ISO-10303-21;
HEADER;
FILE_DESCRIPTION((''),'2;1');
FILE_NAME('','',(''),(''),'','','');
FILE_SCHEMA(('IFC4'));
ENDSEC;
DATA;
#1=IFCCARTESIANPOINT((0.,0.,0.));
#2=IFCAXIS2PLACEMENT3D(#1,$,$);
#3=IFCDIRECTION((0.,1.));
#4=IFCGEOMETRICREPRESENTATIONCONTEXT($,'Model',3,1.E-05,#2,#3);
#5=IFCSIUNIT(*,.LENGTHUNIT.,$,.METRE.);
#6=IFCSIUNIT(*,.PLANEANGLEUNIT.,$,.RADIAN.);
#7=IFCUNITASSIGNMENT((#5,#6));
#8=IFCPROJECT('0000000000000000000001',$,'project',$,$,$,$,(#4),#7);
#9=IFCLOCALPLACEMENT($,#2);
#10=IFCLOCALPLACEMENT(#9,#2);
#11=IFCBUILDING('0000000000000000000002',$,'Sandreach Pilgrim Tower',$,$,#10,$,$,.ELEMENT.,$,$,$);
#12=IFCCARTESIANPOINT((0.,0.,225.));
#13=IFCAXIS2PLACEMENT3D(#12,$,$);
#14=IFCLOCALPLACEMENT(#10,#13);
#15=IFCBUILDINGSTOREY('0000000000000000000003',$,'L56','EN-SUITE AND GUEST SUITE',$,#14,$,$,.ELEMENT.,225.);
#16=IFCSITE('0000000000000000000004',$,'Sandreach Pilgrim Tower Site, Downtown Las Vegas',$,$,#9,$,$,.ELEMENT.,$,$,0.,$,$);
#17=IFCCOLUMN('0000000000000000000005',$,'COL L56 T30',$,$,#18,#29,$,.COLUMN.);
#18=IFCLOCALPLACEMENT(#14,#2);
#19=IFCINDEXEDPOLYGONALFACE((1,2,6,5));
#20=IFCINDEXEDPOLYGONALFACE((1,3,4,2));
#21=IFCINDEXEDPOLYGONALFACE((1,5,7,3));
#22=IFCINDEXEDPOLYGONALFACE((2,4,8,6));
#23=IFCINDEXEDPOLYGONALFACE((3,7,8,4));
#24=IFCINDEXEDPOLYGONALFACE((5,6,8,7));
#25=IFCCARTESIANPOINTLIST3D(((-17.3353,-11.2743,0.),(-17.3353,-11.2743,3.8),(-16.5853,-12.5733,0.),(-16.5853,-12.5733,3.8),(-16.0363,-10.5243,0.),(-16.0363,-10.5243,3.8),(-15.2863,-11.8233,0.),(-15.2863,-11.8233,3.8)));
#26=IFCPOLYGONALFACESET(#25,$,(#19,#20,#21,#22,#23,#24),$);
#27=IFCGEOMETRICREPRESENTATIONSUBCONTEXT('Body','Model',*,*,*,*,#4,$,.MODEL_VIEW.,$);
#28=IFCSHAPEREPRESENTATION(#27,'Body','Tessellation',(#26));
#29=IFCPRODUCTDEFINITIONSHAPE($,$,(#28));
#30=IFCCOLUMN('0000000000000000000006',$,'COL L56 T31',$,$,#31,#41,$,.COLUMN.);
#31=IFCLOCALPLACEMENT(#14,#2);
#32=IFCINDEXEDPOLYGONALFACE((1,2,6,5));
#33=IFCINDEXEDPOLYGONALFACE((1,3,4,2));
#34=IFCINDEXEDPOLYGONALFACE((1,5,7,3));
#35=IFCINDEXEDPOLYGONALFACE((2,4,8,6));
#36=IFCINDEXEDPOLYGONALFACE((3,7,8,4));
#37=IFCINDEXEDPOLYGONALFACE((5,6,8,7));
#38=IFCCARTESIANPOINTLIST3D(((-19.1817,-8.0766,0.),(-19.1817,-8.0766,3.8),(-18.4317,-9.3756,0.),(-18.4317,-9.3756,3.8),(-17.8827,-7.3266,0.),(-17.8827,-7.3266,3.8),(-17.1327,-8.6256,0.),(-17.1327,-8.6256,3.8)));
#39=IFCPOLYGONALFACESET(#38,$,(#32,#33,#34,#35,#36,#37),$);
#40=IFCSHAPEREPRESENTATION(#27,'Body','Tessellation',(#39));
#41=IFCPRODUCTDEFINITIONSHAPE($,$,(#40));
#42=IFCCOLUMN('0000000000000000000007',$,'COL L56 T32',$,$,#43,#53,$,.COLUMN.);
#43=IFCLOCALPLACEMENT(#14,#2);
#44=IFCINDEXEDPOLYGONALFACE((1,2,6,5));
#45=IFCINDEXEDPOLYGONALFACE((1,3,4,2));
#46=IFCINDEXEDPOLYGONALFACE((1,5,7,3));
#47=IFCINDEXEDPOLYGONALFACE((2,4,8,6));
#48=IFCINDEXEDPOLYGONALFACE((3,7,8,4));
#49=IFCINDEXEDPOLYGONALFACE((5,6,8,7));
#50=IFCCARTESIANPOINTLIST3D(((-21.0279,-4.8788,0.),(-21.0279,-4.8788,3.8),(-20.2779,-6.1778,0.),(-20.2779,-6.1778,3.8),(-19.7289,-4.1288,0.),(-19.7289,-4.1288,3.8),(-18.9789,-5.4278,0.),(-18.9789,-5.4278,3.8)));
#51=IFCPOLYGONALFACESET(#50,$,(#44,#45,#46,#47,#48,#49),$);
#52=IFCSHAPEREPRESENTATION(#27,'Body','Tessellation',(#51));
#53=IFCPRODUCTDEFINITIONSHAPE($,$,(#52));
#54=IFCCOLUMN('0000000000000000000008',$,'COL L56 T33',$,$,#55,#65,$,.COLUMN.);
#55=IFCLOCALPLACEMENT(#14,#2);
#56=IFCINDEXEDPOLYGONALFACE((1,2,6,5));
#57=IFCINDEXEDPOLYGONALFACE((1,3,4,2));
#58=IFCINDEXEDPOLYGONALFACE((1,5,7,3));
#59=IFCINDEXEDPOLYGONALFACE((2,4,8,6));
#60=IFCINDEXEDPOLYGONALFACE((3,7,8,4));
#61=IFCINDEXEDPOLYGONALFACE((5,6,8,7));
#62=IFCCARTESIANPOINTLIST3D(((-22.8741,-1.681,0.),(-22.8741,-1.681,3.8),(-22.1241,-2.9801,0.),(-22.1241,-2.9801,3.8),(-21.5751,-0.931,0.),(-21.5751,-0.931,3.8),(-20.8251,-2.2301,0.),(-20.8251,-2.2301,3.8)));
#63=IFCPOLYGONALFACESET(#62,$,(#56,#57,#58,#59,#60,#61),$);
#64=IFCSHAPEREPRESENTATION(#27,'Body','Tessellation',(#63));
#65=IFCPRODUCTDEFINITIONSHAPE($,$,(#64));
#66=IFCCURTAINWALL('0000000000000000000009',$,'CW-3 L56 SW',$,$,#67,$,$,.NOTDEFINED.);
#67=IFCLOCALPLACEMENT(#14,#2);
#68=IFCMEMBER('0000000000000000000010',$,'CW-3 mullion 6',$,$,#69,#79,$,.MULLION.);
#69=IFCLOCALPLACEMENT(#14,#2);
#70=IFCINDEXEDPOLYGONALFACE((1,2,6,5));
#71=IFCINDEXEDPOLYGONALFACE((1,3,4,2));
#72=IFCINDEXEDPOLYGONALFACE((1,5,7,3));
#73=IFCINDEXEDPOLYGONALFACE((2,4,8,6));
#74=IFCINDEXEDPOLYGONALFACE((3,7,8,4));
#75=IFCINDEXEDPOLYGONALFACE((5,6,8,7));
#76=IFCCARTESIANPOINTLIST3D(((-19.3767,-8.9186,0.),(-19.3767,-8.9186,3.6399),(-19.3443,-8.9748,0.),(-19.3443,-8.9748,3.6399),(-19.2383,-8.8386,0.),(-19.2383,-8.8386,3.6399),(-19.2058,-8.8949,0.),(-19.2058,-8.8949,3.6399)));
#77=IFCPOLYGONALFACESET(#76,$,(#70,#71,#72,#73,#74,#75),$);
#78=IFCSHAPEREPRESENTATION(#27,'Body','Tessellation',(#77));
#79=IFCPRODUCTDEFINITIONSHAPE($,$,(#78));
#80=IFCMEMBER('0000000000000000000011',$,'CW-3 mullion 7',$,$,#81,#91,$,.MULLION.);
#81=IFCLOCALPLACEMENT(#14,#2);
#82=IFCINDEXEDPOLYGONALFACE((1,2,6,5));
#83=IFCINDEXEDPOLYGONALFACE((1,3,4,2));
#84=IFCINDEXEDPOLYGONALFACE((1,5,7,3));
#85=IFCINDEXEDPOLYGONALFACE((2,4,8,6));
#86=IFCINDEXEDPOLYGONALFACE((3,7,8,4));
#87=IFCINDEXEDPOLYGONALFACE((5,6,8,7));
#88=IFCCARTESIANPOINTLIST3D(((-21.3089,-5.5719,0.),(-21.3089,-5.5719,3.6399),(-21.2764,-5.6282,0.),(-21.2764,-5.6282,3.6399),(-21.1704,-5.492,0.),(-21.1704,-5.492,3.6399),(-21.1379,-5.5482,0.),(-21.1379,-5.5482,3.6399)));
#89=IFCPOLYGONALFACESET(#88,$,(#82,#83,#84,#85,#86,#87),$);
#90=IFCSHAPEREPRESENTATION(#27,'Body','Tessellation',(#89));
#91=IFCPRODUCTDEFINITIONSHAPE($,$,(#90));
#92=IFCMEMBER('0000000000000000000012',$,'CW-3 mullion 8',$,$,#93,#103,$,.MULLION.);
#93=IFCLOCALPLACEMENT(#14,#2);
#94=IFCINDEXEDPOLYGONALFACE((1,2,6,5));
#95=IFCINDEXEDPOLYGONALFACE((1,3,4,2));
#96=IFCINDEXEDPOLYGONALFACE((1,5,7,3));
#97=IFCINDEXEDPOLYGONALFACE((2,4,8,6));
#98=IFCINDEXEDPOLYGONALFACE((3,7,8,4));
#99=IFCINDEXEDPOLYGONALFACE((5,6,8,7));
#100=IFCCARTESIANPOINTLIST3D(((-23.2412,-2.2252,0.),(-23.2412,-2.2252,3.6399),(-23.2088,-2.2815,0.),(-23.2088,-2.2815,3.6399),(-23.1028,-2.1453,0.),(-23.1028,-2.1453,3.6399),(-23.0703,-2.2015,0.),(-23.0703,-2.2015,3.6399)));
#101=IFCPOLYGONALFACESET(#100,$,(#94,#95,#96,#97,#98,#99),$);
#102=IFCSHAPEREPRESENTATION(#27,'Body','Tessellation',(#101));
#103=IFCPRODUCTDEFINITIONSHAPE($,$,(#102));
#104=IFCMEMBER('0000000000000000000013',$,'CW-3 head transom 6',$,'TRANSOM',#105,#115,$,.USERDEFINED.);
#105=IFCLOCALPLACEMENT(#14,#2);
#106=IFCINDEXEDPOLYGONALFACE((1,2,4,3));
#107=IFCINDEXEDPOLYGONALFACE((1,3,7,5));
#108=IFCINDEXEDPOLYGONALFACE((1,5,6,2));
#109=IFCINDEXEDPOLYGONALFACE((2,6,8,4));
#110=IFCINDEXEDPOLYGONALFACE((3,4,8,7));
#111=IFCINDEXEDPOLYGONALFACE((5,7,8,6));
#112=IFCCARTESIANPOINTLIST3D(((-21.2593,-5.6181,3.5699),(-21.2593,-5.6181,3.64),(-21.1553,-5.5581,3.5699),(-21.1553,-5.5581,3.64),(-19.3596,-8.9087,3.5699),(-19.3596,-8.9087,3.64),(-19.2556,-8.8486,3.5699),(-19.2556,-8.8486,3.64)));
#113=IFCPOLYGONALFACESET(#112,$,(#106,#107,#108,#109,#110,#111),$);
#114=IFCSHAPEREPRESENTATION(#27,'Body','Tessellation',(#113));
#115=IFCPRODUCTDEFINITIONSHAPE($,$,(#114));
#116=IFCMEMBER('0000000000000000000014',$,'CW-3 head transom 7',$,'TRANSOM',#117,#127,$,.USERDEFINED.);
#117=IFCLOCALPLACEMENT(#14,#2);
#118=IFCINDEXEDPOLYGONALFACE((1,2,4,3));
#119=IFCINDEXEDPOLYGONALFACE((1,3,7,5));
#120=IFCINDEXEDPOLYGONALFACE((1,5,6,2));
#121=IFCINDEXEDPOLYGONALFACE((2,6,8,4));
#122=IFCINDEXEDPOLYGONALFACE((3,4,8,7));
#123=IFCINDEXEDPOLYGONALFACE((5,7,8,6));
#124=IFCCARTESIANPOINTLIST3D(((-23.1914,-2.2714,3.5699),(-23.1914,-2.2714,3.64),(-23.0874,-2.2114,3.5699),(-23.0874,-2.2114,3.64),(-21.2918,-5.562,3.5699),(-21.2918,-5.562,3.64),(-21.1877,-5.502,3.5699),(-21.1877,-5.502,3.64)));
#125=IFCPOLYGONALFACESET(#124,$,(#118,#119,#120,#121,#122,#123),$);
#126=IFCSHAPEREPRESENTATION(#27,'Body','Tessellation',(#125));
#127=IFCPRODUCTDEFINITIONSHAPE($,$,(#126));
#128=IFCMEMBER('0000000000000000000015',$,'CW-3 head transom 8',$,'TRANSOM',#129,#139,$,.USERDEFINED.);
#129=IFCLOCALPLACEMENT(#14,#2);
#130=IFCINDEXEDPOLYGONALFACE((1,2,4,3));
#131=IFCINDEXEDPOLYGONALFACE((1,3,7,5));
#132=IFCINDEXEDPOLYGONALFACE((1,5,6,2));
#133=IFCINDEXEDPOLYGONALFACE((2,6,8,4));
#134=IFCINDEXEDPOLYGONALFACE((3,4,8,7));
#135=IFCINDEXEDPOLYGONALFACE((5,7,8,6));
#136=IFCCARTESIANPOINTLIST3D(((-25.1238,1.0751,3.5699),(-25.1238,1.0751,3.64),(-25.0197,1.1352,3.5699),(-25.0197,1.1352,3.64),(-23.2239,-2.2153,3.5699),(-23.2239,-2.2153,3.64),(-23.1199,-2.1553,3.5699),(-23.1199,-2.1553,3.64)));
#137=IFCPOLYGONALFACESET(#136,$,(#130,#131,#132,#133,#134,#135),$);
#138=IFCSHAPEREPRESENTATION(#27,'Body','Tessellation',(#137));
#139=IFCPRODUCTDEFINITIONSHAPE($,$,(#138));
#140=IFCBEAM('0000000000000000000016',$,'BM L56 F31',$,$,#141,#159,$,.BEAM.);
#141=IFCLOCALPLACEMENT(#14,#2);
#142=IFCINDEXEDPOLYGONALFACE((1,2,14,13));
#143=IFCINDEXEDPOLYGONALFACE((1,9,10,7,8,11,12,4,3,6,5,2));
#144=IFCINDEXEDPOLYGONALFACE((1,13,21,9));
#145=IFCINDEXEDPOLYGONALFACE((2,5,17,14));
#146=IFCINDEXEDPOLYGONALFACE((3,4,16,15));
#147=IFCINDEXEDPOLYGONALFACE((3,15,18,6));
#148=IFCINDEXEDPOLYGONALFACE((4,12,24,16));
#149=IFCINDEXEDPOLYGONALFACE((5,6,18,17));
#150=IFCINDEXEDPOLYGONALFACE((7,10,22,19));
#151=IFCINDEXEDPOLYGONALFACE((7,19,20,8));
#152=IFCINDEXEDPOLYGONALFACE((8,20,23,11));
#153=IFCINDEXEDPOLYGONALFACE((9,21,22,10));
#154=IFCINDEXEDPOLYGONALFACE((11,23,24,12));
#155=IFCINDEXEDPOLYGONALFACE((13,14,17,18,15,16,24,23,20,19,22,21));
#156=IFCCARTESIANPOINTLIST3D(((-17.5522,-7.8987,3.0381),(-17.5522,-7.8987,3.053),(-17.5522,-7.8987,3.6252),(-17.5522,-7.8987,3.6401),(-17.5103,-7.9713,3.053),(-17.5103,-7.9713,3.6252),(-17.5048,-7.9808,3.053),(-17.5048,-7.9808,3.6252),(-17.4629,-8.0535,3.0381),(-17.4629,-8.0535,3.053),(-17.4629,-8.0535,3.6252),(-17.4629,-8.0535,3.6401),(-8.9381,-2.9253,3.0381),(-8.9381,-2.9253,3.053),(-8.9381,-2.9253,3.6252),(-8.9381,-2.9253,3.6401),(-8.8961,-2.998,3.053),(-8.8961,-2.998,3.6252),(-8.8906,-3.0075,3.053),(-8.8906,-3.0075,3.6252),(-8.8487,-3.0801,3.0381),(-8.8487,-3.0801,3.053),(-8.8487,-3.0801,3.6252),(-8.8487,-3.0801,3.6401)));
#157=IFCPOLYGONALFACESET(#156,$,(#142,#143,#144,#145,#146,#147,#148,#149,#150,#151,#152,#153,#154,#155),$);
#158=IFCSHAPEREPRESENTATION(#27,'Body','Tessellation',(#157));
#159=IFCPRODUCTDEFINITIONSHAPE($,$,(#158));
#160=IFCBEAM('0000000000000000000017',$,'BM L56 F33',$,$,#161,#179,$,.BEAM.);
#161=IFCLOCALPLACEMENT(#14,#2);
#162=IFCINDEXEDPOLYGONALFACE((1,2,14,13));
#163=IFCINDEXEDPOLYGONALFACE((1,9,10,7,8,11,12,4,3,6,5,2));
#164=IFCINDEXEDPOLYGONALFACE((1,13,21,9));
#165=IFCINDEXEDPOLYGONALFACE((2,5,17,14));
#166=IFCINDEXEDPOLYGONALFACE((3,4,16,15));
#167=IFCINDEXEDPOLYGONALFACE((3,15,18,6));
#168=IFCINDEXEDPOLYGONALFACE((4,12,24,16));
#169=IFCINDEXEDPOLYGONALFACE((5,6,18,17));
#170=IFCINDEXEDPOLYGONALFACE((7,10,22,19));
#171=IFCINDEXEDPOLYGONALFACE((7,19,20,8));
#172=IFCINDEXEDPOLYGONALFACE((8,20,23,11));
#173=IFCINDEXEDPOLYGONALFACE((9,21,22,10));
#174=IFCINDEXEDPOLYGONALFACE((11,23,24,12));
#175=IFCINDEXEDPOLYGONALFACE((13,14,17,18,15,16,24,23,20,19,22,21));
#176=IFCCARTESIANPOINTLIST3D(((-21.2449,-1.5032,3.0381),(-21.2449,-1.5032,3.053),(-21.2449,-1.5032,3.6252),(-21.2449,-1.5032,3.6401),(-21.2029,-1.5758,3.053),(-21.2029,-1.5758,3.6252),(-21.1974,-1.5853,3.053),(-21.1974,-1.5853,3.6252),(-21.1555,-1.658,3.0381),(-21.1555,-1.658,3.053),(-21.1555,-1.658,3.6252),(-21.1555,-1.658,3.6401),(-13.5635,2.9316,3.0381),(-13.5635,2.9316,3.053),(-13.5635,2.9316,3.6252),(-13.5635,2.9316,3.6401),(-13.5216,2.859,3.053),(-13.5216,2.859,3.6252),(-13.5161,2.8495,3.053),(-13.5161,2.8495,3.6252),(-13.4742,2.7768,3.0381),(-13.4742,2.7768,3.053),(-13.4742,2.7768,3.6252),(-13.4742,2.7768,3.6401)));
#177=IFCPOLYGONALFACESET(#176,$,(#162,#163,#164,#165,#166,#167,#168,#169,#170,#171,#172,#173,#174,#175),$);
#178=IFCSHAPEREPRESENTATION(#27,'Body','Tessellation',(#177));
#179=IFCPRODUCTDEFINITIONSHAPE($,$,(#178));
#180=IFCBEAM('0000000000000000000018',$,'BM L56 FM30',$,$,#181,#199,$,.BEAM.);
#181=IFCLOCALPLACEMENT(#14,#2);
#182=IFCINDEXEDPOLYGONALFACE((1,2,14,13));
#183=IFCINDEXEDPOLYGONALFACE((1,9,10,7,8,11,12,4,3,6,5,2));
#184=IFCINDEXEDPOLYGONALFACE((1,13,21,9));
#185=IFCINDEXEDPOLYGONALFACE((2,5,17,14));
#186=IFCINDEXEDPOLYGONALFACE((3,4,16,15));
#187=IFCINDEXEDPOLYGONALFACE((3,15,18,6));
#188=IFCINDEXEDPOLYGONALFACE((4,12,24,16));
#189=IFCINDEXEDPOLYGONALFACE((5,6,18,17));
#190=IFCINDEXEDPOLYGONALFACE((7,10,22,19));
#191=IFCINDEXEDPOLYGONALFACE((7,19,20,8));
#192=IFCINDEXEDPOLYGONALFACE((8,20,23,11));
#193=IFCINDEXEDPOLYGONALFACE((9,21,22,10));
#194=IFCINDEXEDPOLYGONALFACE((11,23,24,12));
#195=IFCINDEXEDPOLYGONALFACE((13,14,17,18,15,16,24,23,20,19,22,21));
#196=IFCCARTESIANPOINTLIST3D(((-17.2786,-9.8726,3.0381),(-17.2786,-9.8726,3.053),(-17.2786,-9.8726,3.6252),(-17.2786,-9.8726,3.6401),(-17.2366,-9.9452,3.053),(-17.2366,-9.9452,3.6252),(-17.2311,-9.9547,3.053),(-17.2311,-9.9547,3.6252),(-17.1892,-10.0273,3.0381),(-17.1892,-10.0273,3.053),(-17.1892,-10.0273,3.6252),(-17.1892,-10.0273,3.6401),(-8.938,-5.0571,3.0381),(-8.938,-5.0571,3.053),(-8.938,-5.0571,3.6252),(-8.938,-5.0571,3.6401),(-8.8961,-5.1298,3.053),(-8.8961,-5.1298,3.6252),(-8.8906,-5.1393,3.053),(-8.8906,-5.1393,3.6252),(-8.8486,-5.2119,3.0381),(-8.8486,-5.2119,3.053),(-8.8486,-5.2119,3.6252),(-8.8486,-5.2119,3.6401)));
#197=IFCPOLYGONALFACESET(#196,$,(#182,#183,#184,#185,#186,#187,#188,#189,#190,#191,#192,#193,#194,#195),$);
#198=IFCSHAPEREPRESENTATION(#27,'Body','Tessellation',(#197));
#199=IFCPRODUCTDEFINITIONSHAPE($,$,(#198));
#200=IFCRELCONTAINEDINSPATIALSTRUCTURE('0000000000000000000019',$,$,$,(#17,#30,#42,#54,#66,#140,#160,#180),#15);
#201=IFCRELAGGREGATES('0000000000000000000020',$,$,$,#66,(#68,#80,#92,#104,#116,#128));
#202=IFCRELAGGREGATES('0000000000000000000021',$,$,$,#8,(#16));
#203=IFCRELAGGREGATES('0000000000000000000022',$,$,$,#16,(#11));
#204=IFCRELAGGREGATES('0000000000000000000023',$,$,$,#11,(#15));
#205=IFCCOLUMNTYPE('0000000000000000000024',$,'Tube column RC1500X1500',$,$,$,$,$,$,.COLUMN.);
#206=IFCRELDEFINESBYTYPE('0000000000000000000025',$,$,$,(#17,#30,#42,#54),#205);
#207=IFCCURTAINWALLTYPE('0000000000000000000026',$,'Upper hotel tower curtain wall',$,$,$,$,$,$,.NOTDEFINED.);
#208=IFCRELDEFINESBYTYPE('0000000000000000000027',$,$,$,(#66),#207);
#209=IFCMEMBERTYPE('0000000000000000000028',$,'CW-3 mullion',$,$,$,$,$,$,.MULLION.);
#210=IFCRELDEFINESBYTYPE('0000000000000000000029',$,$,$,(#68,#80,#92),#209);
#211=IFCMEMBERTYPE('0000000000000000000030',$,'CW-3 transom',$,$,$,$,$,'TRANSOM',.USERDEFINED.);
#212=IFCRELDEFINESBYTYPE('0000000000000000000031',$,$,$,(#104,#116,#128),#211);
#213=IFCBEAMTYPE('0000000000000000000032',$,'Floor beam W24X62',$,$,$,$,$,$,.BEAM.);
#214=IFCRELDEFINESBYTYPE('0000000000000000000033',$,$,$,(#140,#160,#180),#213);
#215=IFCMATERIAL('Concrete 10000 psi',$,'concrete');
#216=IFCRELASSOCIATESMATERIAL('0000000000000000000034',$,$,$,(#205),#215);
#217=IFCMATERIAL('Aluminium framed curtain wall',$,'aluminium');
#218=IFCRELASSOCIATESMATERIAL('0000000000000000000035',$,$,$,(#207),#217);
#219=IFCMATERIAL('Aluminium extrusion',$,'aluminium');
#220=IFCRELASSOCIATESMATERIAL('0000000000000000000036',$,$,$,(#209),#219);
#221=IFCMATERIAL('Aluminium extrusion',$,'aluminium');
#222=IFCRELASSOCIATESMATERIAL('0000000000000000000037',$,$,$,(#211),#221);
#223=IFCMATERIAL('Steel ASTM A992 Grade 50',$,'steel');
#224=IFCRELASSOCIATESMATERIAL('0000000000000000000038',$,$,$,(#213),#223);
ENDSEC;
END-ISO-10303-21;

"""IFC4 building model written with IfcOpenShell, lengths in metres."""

from ifc_helpers import new_model, si_unit, direction, frame, origin, origin_2d, place, context, subcontext, project, spatial, rectangle, i_section, extrude, material, material_profile, profile_set, type_object, element, aggregate, save


model = new_model("IFC4")

# Units and contexts
model_context = context("Model", 3, precision=1e-05, world=origin(), true_north=direction((0.0, 1.0)))
body_context = subcontext(model_context, "Body", "Model", "MODEL_VIEW")
ifc_project = project(units=[si_unit("LENGTHUNIT", "METRE"), si_unit("PLANEANGLEUNIT", "RADIAN")], contexts=[model_context])

# Site, building, storey
site_placement = place(None, origin())
site = spatial("IfcSite", under=ifc_project, at=site_placement, Name="Sandreach Pilgrim Tower Site, Downtown Las Vegas", CompositionType="ELEMENT", RefElevation=0.0)
building_placement = place(site_placement, origin())
building = spatial("IfcBuilding", under=site, at=building_placement, Name="Sandreach Pilgrim Tower", CompositionType="ELEMENT")
storey_placement = place(building_placement, frame((0.0, 0.0, 225.0)))
storey = spatial("IfcBuildingStorey", under=building, at=storey_placement, Name="L56", Description="EN-SUITE AND GUEST SUITE", CompositionType="ELEMENT", Elevation=225.0)

# Columns
ifc_material_1 = material(Name="Concrete 10000 psi", Category="concrete")
ifc_material_profile_1 = material_profile(ifc_material_1, rectangle(XDim=1.5, YDim=1.5, at=origin_2d()), Name="RC1500X1500")
ifc_profile_set_1 = profile_set([ifc_material_profile_1], Name="Concrete 10000 psi")
column_type = type_object("IfcColumnType", Name="Tube column RC1500X1500", PredefinedType="COLUMN", material=ifc_profile_set_1)
for number, where, z_axis, x_axis, name in (
    (1, (-16.3108, -11.5488, 0.0), (0.0, 0.0, 1.0), (-0.866025, -0.5, 0.0), "COL L56 T30"),
    (2, (-18.1572, -8.3511, 0.0), (0.0, 0.0, 1.0), (-0.866025, -0.5, 0.0), "COL L56 T31"),
    (3, (-20.0034, -5.1533, 0.0), (0.0, 0.0, 1.0), (-0.866025, -0.5, 0.0), "COL L56 T32"),
    (4, (-21.8496, -1.9556, 0.0), (0.0, 0.0, 1.0), (-0.866025, -0.5, 0.0), "COL L56 T33"),
):
    element("IfcColumn", number, at=place(storey_placement, frame(where, z_axis=z_axis, x_axis=x_axis)), inside=storey, type_object=column_type, Name=name, PredefinedType="COLUMN", context=body_context, shape_type="SweptSolid", body=[
        extrude(rectangle(XDim=1.5, YDim=1.5, at=origin_2d()), origin(), (0.0, 0.0, 1.0), 3.8),
    ])

# Curtain wall, members
ifc_material_2 = material(Name="Aluminium framed curtain wall", Category="aluminium")
curtain_wall_type = type_object("IfcCurtainWallType", Name="Upper hotel tower curtain wall", PredefinedType="NOTDEFINED", material=ifc_material_2)
curtain_wall_placement = place(storey_placement, origin())
curtain_wall = element("IfcCurtainWall", 5, at=curtain_wall_placement, inside=storey, type_object=curtain_wall_type, Name="CW-3 L56 SW", PredefinedType="NOTDEFINED")
ifc_material_3 = material(Name="Aluminium extrusion", Category="aluminium")
ifc_material_profile_2 = material_profile(ifc_material_3, rectangle(XDim=0.0649, YDim=0.1599, at=origin_2d()), Name="CW-3M 65X160")
ifc_profile_set_2 = profile_set([ifc_material_profile_2], Name="Aluminium extrusion")
member_type_1 = type_object("IfcMemberType", Name="CW-3 mullion", PredefinedType="MULLION", material=ifc_profile_set_2)
member_1_placement = place(storey_placement, frame((-19.2913, -8.9067, 0.0), z_axis=(0.0, 0.0, 1.0), x_axis=(-0.5, 0.866025, 0.0)))
member_1 = element("IfcMember", 6, at=member_1_placement, type_object=member_type_1, Name="CW-3 mullion 6", PredefinedType="MULLION", context=body_context, shape_type="SweptSolid", body=[
    extrude(rectangle(XDim=0.0649, YDim=0.1599, at=origin_2d()), origin(), (0.0, 0.0, 1.0), 3.6399),
])
member_2_placement = place(storey_placement, frame((-21.2234, -5.5601, 0.0), z_axis=(0.0, 0.0, 1.0), x_axis=(-0.5, 0.866025, 0.0)))
member_2 = element("IfcMember", 7, at=member_2_placement, type_object=member_type_1, Name="CW-3 mullion 7", PredefinedType="MULLION", context=body_context, shape_type="SweptSolid", body=[
    extrude(rectangle(XDim=0.0649, YDim=0.1599, at=origin_2d()), origin(), (0.0, 0.0, 1.0), 3.6399),
])
member_3_placement = place(storey_placement, frame((-23.1558, -2.2134, 0.0), z_axis=(0.0, 0.0, 1.0), x_axis=(-0.5, 0.866025, 0.0)))
member_3 = element("IfcMember", 8, at=member_3_placement, type_object=member_type_1, Name="CW-3 mullion 8", PredefinedType="MULLION", context=body_context, shape_type="SweptSolid", body=[
    extrude(rectangle(XDim=0.0649, YDim=0.1599, at=origin_2d()), origin(), (0.0, 0.0, 1.0), 3.6399),
])
ifc_material_4 = material(Name="Aluminium extrusion", Category="aluminium")
ifc_material_profile_3 = material_profile(ifc_material_4, rectangle(XDim=0.1201, YDim=0.0701, at=origin_2d()), Name="CW-3T 120X70")
ifc_profile_set_3 = profile_set([ifc_material_profile_3], Name="Aluminium extrusion")
member_type_2 = type_object("IfcMemberType", Name="CW-3 transom", ElementType="TRANSOM", PredefinedType="USERDEFINED", material=ifc_profile_set_3)
member_4_placement = place(storey_placement, frame((-19.3076, -8.8787, 3.605), z_axis=(-0.499975, 0.86604, 0.0), x_axis=(-0.86604, -0.499975, 0.0)))
member_4 = element("IfcMember", 9, at=member_4_placement, type_object=member_type_2, Name="CW-3 head transom 6", ObjectType="TRANSOM", PredefinedType="USERDEFINED", context=body_context, shape_type="SweptSolid", body=[
    extrude(rectangle(XDim=0.1201, YDim=0.0701, at=origin_2d()), origin(), (0.0, 0.0, 1.0), 3.7996),
])
member_5_placement = place(storey_placement, frame((-21.2397, -5.532, 3.605), z_axis=(-0.499975, 0.86604, 0.0), x_axis=(-0.86604, -0.499975, 0.0)))
member_5 = element("IfcMember", 10, at=member_5_placement, type_object=member_type_2, Name="CW-3 head transom 7", ObjectType="TRANSOM", PredefinedType="USERDEFINED", context=body_context, shape_type="SweptSolid", body=[
    extrude(rectangle(XDim=0.1201, YDim=0.0701, at=origin_2d()), origin(), (0.0, 0.0, 1.0), 3.7996),
])
member_6_placement = place(storey_placement, frame((-23.1719, -2.1853, 3.605), z_axis=(-0.500023, 0.866012, 0.0), x_axis=(-0.866012, -0.500023, 0.0)))
member_6 = element("IfcMember", 11, at=member_6_placement, type_object=member_type_2, Name="CW-3 head transom 8", ObjectType="TRANSOM", PredefinedType="USERDEFINED", context=body_context, shape_type="SweptSolid", body=[
    extrude(rectangle(XDim=0.1201, YDim=0.0701, at=origin_2d()), origin(), (0.0, 0.0, 1.0), 3.7996),
])

# Beams
ifc_material_5 = material(Name="Steel ASTM A992 Grade 50", Category="steel")
ifc_material_profile_4 = material_profile(ifc_material_5, i_section(OverallWidth=0.1787, OverallDepth=0.6021, WebThickness=0.011, FlangeThickness=0.0149, at=origin_2d()), Name="W24X62")
ifc_profile_set_4 = profile_set([ifc_material_profile_4], Name="Steel ASTM A992 Grade 50")
beam_type_1 = type_object("IfcBeamType", Name="Floor beam W24X62", PredefinedType="BEAM", material=ifc_profile_set_4)
beam_1_placement = place(storey_placement, frame((-17.5076, -7.9761, 3.3391), z_axis=(0.866028, 0.499996, 0.0), x_axis=(-0.499996, 0.866028, 0.0)))
element("IfcBeam", 12, at=beam_1_placement, inside=storey, type_object=beam_type_1, Name="BM L56 F31", PredefinedType="BEAM", context=body_context, shape_type="SweptSolid", body=[
    extrude(i_section(OverallWidth=0.1787, OverallDepth=0.6021, WebThickness=0.011, FlangeThickness=0.0149, at=origin_2d()), origin(), (0.0, 0.0, 1.0), 9.9468),
])
beam_2_placement = place(storey_placement, frame((-21.2002, -1.5806, 3.3391), z_axis=(0.866027, 0.499996, 0.0), x_axis=(-0.499996, 0.866027, 0.0)))
element("IfcBeam", 13, at=beam_2_placement, inside=storey, type_object=beam_type_1, Name="BM L56 F33", PredefinedType="BEAM", context=body_context, shape_type="SweptSolid", body=[
    extrude(i_section(OverallWidth=0.1787, OverallDepth=0.6021, WebThickness=0.011, FlangeThickness=0.0149, at=origin_2d()), origin(), (0.0, 0.0, 1.0), 8.8696),
])
beam_3_placement = place(storey_placement, frame((-17.2339, -9.95, 3.3391), z_axis=(0.866026, 0.5, 0.0), x_axis=(-0.5, 0.866026, 0.0)))
element("IfcBeam", 14, at=beam_3_placement, inside=storey, type_object=beam_type_1, Name="BM L56 FM30", PredefinedType="BEAM", context=body_context, shape_type="SweptSolid", body=[
    extrude(i_section(OverallWidth=0.1787, OverallDepth=0.6021, WebThickness=0.011, FlangeThickness=0.0149, at=origin_2d()), origin(), (0.0, 0.0, 1.0), 9.6309),
])

aggregate(curtain_wall, [member_1, member_2, member_3, member_4, member_5, member_6])

save(model, "model.ifc")
